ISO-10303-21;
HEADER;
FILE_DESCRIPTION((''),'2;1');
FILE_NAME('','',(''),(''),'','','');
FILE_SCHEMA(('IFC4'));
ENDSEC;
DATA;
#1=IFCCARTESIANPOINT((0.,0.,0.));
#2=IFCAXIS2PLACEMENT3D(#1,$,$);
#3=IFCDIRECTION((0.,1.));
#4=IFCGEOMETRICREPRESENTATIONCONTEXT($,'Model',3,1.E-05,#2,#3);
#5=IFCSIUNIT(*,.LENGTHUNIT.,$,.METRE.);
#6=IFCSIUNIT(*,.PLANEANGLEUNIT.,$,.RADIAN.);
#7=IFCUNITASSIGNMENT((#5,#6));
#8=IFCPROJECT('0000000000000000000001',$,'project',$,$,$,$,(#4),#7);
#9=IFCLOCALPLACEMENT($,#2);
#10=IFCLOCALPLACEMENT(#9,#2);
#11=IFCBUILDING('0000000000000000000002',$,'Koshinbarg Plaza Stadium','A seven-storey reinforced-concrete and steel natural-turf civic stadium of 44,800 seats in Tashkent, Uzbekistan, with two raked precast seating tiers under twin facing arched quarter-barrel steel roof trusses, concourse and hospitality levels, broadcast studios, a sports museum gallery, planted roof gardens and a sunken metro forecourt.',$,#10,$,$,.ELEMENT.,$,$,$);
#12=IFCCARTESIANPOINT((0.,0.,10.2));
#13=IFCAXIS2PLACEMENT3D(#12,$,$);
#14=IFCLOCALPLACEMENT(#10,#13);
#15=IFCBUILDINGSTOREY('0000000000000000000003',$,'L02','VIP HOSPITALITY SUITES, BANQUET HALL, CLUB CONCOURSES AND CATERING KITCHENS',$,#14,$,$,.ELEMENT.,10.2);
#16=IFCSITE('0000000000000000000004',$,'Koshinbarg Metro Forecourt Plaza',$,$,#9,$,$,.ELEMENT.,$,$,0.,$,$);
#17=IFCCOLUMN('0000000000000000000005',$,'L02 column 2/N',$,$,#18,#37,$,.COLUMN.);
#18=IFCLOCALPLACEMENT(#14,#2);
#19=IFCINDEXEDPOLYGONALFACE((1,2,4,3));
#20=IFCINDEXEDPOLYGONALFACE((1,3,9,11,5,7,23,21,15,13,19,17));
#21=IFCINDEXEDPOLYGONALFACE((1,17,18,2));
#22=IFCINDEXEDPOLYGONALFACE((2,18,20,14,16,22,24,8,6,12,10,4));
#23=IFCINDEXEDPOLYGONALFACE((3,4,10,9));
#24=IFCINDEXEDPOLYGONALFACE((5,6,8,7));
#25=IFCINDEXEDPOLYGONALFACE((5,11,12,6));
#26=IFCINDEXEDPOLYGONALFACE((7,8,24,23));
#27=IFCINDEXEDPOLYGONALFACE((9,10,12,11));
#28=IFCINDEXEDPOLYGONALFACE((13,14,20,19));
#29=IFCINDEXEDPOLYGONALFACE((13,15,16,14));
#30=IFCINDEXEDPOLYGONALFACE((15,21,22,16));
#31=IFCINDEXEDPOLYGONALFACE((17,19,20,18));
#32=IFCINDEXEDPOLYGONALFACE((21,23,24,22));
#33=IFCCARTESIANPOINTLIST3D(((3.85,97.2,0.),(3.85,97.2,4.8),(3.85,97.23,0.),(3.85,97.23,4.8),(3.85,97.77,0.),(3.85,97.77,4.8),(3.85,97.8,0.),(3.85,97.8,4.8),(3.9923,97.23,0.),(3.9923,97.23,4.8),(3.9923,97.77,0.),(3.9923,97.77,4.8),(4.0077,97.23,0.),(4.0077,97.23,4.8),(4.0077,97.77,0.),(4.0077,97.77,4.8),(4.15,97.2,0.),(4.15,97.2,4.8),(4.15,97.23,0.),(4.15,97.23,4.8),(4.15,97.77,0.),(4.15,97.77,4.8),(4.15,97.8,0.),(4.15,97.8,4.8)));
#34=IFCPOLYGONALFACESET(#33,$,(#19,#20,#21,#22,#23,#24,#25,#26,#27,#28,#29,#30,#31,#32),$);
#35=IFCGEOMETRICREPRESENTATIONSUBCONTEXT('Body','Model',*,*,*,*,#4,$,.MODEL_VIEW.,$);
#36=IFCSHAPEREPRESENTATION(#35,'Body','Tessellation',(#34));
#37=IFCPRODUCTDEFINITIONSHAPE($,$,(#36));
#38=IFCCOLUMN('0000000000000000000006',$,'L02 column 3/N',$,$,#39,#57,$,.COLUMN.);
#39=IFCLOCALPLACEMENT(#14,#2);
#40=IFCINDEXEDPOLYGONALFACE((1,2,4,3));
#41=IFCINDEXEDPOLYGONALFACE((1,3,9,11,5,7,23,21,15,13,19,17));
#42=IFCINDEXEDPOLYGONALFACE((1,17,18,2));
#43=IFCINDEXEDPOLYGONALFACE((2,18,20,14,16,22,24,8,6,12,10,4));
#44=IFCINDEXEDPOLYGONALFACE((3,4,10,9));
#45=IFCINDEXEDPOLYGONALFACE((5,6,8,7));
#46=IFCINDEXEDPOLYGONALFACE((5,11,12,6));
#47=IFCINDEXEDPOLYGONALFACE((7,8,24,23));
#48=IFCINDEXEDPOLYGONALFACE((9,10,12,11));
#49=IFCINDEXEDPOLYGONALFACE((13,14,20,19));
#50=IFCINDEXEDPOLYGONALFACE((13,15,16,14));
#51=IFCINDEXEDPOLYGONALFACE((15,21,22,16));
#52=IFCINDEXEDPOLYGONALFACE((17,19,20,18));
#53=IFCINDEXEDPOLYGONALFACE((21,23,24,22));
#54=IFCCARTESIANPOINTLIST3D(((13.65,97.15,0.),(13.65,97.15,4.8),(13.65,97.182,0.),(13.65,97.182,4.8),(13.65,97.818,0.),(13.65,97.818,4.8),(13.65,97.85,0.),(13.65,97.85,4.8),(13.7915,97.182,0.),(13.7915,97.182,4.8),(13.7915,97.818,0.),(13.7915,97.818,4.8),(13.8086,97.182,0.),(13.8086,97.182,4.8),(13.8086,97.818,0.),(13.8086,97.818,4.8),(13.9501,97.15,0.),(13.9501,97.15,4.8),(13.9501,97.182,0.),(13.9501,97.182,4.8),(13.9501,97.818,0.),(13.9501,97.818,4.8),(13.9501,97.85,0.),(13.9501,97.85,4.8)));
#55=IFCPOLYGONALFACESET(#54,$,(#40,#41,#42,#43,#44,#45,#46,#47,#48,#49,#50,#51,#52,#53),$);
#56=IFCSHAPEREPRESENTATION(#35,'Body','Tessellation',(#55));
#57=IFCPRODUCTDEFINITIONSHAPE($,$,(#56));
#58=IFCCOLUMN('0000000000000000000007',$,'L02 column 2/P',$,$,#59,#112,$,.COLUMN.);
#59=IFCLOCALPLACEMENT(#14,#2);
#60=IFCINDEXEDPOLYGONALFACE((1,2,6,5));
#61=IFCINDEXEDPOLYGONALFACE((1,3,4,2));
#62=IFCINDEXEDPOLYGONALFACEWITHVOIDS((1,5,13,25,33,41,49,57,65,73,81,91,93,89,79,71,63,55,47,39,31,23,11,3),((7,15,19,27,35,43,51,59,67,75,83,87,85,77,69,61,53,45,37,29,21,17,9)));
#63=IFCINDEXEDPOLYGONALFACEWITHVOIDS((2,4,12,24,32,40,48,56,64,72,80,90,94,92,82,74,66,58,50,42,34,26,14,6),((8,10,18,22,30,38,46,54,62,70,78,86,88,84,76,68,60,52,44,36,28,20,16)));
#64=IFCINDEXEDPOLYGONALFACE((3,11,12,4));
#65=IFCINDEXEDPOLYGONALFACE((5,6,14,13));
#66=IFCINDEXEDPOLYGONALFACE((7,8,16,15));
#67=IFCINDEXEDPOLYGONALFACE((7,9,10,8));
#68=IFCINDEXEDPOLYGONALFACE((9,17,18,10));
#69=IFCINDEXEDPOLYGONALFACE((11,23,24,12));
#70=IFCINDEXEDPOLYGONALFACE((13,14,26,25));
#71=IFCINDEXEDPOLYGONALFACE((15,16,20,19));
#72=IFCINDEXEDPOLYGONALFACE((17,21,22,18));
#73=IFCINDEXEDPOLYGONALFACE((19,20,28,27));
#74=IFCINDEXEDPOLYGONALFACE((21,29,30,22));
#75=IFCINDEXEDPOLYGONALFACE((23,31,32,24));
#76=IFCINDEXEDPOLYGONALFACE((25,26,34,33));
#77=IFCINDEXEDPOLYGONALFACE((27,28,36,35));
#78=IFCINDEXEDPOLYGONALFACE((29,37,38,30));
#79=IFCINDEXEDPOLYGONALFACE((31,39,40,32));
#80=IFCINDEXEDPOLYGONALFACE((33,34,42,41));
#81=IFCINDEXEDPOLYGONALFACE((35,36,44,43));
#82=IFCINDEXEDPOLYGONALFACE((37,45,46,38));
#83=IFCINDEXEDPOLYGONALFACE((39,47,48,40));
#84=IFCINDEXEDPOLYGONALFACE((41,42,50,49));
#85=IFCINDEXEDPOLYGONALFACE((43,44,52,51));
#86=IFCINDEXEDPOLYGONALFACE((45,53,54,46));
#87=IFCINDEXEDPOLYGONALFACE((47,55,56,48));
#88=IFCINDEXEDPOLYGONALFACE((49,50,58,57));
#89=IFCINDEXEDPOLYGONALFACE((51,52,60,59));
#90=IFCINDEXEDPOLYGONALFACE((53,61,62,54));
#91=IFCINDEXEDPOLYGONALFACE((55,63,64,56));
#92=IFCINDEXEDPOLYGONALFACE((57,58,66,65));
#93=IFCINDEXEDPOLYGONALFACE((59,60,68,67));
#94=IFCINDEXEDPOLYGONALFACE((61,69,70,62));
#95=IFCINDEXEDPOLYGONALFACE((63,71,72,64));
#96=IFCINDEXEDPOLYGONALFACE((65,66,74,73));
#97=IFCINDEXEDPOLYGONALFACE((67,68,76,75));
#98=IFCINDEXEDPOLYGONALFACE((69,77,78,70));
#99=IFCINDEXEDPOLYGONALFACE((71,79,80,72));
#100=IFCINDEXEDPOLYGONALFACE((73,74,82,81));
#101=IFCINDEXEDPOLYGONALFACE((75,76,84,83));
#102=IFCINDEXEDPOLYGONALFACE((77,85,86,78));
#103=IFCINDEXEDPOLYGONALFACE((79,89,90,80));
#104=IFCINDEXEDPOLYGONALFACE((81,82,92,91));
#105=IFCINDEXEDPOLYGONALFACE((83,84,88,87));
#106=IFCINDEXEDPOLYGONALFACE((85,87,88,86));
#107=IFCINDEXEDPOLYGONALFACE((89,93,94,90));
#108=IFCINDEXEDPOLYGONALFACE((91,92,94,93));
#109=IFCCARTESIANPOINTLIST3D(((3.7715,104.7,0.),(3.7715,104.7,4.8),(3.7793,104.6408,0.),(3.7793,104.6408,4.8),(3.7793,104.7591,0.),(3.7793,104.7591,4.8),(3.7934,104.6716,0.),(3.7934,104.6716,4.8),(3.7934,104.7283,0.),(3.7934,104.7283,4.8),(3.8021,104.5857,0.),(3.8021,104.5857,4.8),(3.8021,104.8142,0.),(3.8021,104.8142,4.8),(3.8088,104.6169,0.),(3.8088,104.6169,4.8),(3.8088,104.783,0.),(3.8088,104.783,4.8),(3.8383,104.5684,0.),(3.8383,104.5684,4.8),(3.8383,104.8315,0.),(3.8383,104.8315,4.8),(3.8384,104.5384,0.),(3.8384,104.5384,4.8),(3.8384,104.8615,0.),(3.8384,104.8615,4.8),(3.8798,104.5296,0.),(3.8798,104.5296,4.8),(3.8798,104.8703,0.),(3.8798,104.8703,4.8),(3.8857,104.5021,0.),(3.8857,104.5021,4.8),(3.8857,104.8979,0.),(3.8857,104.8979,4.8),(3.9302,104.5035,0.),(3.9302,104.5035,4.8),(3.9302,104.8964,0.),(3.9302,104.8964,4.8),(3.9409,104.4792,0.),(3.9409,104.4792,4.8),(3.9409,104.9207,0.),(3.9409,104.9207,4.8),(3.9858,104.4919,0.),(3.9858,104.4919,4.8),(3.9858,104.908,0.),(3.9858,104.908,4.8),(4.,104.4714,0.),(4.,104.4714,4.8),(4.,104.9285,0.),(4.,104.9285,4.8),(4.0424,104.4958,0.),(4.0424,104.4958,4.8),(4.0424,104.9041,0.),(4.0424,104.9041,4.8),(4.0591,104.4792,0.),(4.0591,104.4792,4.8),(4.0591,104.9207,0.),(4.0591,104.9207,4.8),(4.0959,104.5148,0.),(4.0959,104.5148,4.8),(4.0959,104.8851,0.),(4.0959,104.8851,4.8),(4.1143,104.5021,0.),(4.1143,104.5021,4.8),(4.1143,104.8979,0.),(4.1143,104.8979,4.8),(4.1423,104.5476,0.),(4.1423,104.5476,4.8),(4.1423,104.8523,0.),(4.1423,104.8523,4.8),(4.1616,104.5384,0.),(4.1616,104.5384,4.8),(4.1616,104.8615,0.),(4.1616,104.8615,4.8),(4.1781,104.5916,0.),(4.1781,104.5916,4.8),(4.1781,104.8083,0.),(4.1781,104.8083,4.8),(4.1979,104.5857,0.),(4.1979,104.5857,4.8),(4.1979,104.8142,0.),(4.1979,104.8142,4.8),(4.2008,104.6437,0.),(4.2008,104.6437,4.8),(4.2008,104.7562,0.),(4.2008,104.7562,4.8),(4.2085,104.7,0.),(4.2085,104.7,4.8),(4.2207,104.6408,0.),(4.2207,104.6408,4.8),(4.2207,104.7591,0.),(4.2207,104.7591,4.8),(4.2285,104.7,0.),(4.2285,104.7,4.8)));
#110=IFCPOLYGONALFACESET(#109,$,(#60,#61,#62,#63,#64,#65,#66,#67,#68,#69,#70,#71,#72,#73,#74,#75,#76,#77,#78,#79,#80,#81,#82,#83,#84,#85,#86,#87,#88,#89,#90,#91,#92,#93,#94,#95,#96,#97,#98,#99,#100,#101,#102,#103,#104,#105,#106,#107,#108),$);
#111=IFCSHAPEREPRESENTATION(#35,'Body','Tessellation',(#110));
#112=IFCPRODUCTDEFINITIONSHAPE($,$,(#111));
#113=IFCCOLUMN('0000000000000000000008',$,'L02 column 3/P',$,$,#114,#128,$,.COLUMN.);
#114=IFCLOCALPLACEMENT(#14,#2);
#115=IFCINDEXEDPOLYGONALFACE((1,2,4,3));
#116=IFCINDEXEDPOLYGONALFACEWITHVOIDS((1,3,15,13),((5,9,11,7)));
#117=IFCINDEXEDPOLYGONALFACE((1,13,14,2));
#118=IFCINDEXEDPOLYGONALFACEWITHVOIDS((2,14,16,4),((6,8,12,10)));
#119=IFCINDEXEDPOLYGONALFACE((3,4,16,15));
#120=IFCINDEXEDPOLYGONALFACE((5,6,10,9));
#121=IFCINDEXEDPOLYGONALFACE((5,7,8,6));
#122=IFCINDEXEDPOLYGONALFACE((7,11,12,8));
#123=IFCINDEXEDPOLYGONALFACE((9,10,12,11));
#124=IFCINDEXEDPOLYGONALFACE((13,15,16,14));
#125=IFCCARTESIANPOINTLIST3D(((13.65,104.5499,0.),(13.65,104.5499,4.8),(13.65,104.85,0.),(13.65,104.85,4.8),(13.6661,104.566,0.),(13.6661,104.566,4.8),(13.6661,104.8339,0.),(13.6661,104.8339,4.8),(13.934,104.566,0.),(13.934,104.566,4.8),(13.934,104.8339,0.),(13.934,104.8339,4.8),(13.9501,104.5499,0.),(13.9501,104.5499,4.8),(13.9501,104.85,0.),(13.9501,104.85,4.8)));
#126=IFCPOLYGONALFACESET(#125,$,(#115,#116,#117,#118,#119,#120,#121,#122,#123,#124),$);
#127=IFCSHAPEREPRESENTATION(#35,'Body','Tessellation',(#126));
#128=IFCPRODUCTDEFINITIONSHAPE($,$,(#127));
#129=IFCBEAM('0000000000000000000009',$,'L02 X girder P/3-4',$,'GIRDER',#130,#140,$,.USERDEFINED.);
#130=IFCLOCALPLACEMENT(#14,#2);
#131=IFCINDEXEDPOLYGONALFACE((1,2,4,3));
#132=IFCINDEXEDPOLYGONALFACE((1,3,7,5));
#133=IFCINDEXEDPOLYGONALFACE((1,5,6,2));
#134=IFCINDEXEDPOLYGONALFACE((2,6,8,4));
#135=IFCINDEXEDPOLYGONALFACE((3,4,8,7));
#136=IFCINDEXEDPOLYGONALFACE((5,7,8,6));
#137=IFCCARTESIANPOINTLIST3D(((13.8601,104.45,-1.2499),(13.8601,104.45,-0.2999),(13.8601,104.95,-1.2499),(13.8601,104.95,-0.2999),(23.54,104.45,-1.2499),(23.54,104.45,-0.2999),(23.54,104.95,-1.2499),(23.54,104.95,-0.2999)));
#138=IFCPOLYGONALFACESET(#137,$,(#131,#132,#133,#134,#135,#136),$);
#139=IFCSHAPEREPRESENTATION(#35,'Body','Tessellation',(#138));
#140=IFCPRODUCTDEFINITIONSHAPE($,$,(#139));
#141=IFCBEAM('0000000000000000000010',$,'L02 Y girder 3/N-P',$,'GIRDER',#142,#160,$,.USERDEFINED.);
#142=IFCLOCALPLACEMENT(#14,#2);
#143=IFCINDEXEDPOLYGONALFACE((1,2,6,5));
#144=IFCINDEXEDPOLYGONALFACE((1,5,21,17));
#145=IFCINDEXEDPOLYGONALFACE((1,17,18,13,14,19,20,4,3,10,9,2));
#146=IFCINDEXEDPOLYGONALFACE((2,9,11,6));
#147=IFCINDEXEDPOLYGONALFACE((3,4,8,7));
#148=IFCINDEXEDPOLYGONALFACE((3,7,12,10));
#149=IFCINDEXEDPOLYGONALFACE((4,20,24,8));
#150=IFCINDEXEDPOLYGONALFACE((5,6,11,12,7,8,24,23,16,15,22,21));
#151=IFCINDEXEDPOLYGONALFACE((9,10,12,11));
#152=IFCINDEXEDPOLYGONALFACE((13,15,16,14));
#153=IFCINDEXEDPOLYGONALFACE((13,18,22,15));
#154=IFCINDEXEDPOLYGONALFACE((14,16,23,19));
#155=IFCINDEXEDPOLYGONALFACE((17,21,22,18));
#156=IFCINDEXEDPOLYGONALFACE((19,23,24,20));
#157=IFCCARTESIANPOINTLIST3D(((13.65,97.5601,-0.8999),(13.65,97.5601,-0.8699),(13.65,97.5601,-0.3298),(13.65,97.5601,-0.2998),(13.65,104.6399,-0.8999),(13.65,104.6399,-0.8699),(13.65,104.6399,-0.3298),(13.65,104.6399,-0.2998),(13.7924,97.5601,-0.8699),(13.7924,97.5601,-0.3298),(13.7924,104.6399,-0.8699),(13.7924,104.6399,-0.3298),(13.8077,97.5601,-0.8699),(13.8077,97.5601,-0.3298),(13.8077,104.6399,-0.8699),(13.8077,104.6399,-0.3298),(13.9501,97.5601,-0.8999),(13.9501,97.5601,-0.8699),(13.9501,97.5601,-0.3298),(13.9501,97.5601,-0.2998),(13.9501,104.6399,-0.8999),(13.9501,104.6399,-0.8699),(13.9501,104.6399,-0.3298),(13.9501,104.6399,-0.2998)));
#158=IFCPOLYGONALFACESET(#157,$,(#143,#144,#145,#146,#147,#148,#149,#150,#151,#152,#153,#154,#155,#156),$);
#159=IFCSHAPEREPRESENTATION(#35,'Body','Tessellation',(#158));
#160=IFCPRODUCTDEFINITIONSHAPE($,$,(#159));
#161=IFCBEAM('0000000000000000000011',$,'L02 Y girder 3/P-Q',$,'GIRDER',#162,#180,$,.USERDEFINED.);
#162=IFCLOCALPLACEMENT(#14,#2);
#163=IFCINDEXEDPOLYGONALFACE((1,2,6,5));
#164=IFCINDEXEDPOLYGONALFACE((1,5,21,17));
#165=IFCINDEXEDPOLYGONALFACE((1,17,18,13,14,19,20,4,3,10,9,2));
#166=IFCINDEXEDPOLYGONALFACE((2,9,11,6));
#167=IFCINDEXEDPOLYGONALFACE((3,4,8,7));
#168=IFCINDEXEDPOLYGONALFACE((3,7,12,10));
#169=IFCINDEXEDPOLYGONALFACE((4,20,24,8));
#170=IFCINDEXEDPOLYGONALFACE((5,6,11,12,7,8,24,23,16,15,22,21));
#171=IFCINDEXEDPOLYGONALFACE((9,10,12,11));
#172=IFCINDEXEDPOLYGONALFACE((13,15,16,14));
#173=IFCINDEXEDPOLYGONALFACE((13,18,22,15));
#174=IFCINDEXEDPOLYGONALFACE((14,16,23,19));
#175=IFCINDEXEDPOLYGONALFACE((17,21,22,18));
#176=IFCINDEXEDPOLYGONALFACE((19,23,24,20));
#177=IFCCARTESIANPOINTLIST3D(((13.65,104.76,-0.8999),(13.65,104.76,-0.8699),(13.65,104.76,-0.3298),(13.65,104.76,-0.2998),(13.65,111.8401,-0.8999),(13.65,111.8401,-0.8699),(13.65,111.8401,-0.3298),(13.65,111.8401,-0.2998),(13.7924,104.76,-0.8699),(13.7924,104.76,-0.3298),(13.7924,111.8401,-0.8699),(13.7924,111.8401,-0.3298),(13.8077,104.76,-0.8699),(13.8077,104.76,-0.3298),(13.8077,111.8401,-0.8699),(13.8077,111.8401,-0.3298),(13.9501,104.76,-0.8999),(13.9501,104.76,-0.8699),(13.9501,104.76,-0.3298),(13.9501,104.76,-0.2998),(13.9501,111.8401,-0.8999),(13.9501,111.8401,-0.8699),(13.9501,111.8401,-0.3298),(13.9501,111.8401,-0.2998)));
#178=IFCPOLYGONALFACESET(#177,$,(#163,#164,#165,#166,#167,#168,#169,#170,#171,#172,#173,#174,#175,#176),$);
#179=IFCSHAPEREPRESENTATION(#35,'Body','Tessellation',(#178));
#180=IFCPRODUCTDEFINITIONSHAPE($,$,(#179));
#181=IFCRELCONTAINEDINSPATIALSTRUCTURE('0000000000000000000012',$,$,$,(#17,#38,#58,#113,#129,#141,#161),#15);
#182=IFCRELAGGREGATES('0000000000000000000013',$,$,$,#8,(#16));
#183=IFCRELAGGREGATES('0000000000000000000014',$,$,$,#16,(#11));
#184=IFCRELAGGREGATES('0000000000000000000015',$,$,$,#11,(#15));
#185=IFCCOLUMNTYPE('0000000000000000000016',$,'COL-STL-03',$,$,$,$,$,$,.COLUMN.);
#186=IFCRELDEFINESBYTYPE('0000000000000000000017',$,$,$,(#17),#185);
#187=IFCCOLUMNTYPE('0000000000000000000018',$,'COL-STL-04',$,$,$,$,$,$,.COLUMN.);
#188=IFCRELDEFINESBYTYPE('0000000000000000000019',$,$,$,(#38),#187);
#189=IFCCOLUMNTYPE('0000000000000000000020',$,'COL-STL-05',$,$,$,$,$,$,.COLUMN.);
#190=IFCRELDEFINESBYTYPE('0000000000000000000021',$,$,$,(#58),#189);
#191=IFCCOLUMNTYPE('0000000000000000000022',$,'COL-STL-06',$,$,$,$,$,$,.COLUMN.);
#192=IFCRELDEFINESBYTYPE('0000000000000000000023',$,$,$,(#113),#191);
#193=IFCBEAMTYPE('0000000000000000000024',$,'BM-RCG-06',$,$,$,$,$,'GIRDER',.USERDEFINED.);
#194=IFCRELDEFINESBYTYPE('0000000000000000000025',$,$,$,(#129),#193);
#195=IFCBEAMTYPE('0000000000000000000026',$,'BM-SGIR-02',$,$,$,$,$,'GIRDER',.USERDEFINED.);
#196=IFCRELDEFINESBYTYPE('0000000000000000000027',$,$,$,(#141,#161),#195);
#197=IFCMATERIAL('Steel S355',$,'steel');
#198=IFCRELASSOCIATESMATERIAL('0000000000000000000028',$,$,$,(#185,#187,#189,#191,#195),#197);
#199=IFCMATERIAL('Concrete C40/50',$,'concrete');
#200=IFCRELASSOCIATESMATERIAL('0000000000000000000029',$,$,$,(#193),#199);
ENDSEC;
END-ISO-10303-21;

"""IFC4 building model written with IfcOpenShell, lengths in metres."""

from ifc_helpers import new_model, si_unit, direction, frame, origin, origin_2d, place, context, subcontext, project, spatial, rectangle, hollow_rectangle, hollow_circle, i_section, extrude, material, material_profile, profile_set, type_object, element, save


model = new_model("IFC4")

# Units and contexts
model_context = context("Model", 3, precision=1e-05, world=origin(), true_north=direction((0.0, 1.0)))
body_context = subcontext(model_context, "Body", "Model", "MODEL_VIEW")
ifc_project = project(units=[si_unit("LENGTHUNIT", "METRE"), si_unit("PLANEANGLEUNIT", "RADIAN")], contexts=[model_context])

# Site, building, storey
site_placement = place(None, origin())
site = spatial("IfcSite", under=ifc_project, at=site_placement, Name="Koshinbarg Metro Forecourt Plaza", CompositionType="ELEMENT", RefElevation=0.0)
building_placement = place(site_placement, origin())
building = spatial("IfcBuilding", under=site, at=building_placement, Name="Koshinbarg Plaza Stadium", Description="A seven-storey reinforced-concrete and steel natural-turf civic stadium of 44,800 seats in Tashkent, Uzbekistan, with two raked precast seating tiers under twin facing arched quarter-barrel steel roof trusses, concourse and hospitality levels, broadcast studios, a sports museum gallery, planted roof gardens and a sunken metro forecourt.", CompositionType="ELEMENT")
storey_placement = place(building_placement, frame((0.0, 0.0, 10.2)))
storey = spatial("IfcBuildingStorey", under=building, at=storey_placement, Name="L02", Description="VIP HOSPITALITY SUITES, BANQUET HALL, CLUB CONCOURSES AND CATERING KITCHENS", CompositionType="ELEMENT", Elevation=10.2)

# Columns
ifc_material_1 = material(Name="Steel S355", Category="steel")
ifc_material_profile_1 = material_profile(ifc_material_1, i_section(OverallWidth=0.3, OverallDepth=0.6001, WebThickness=0.0154, FlangeThickness=0.03, at=origin_2d()), Name="HEB 600")
ifc_profile_set_1 = profile_set([ifc_material_profile_1], Name="Steel S355")
column_type_1 = type_object("IfcColumnType", Name="COL-STL-03", PredefinedType="COLUMN", material=ifc_profile_set_1)
column_1_placement = place(storey_placement, frame((4.0, 97.5, 0.0), z_axis=(0.0, 0.0, 1.0), x_axis=(1.0, 0.0, 0.0)))
element("IfcColumn", 1, at=column_1_placement, inside=storey, type_object=column_type_1, Name="L02 column 2/N", PredefinedType="COLUMN", context=body_context, shape_type="SweptSolid", body=[
    extrude(i_section(OverallWidth=0.3, OverallDepth=0.6001, WebThickness=0.0154, FlangeThickness=0.03, at=origin_2d()), origin(), (0.0, 0.0, 1.0), 4.8),
])
ifc_material_profile_2 = material_profile(ifc_material_1, i_section(OverallWidth=0.3, OverallDepth=0.7, WebThickness=0.0171, FlangeThickness=0.032, at=origin_2d()), Name="HEB 700")
ifc_profile_set_2 = profile_set([ifc_material_profile_2], Name="Steel S355")
column_type_2 = type_object("IfcColumnType", Name="COL-STL-04", PredefinedType="COLUMN", material=ifc_profile_set_2)
column_2_placement = place(storey_placement, frame((13.8, 97.5, 0.0), z_axis=(0.0, 0.0, 1.0), x_axis=(1.0, 0.0, 0.0)))
element("IfcColumn", 2, at=column_2_placement, inside=storey, type_object=column_type_2, Name="L02 column 3/N", PredefinedType="COLUMN", context=body_context, shape_type="SweptSolid", body=[
    extrude(i_section(OverallWidth=0.3, OverallDepth=0.7, WebThickness=0.0171, FlangeThickness=0.032, at=origin_2d()), origin(), (0.0, 0.0, 1.0), 4.8),
])
ifc_material_profile_3 = material_profile(ifc_material_1, hollow_circle(Radius=0.2285, WallThickness=0.02, at=origin_2d()), Name="CHS 457x20")
ifc_profile_set_3 = profile_set([ifc_material_profile_3], Name="Steel S355")
column_type_3 = type_object("IfcColumnType", Name="COL-STL-05", PredefinedType="COLUMN", material=ifc_profile_set_3)
column_3_placement = place(storey_placement, frame((4.0, 104.7, 0.0), z_axis=(0.0, 0.0, 1.0), x_axis=(1.0, 0.0, 0.0)))
element("IfcColumn", 3, at=column_3_placement, inside=storey, type_object=column_type_3, Name="L02 column 2/P", PredefinedType="COLUMN", context=body_context, shape_type="SweptSolid", body=[
    extrude(hollow_circle(Radius=0.2285, WallThickness=0.02, at=origin_2d()), origin(), (0.0, 0.0, 1.0), 4.8),
])
ifc_material_profile_4 = material_profile(ifc_material_1, hollow_rectangle(XDim=0.3, YDim=0.3, WallThickness=0.0161, at=origin_2d()), Name="SHS 300x300x16")
ifc_profile_set_4 = profile_set([ifc_material_profile_4], Name="Steel S355")
column_type_4 = type_object("IfcColumnType", Name="COL-STL-06", PredefinedType="COLUMN", material=ifc_profile_set_4)
column_4_placement = place(storey_placement, frame((13.8, 104.7, 0.0), z_axis=(0.0, 0.0, 1.0), x_axis=(1.0, 0.0, 0.0)))
element("IfcColumn", 4, at=column_4_placement, inside=storey, type_object=column_type_4, Name="L02 column 3/P", PredefinedType="COLUMN", context=body_context, shape_type="SweptSolid", body=[
    extrude(hollow_rectangle(XDim=0.3, YDim=0.3, WallThickness=0.0161, at=origin_2d()), origin(), (0.0, 0.0, 1.0), 4.8),
])

# Beams
ifc_material_2 = material(Name="Concrete C40/50", Category="concrete")
ifc_material_profile_5 = material_profile(ifc_material_2, rectangle(XDim=0.5, YDim=0.95, at=origin_2d()), Name="RC 500x950")
ifc_profile_set_5 = profile_set([ifc_material_profile_5], Name="Concrete C40/50")
beam_type_1 = type_object("IfcBeamType", Name="BM-RCG-06", ElementType="GIRDER", PredefinedType="USERDEFINED", material=ifc_profile_set_5)
beam_1_placement = place(storey_placement, frame((13.8601, 104.7, -0.7749), z_axis=(1.0, 0.0, 0.0), x_axis=(0.0, 1.0, 0.0)))
element("IfcBeam", 5, at=beam_1_placement, inside=storey, type_object=beam_type_1, Name="L02 X girder P/3-4", ObjectType="GIRDER", PredefinedType="USERDEFINED", context=body_context, shape_type="SweptSolid", body=[
    extrude(rectangle(XDim=0.5, YDim=0.95, at=origin_2d()), origin(), (0.0, 0.0, 1.0), 9.6799),
])
ifc_material_profile_6 = material_profile(ifc_material_1, i_section(OverallWidth=0.3, OverallDepth=0.6001, WebThickness=0.0154, FlangeThickness=0.03, at=origin_2d()), Name="HEB 600")
ifc_profile_set_6 = profile_set([ifc_material_profile_6], Name="Steel S355")
beam_type_2 = type_object("IfcBeamType", Name="BM-SGIR-02", ElementType="GIRDER", PredefinedType="USERDEFINED", material=ifc_profile_set_6)
beam_2_placement = place(storey_placement, frame((13.8, 97.5601, -0.5999), z_axis=(0.0, 1.0, 0.0), x_axis=(-1.0, 0.0, 0.0)))
element("IfcBeam", 6, at=beam_2_placement, inside=storey, type_object=beam_type_2, Name="L02 Y girder 3/N-P", ObjectType="GIRDER", PredefinedType="USERDEFINED", context=body_context, shape_type="SweptSolid", body=[
    extrude(i_section(OverallWidth=0.3, OverallDepth=0.6001, WebThickness=0.0154, FlangeThickness=0.03, at=origin_2d()), origin(), (0.0, 0.0, 1.0), 7.0798),
])
beam_3_placement = place(storey_placement, frame((13.8, 104.76, -0.5999), z_axis=(0.0, 1.0, 0.0), x_axis=(-1.0, 0.0, 0.0)))
element("IfcBeam", 7, at=beam_3_placement, inside=storey, type_object=beam_type_2, Name="L02 Y girder 3/P-Q", ObjectType="GIRDER", PredefinedType="USERDEFINED", context=body_context, shape_type="SweptSolid", body=[
    extrude(i_section(OverallWidth=0.3, OverallDepth=0.6001, WebThickness=0.0154, FlangeThickness=0.03, at=origin_2d()), origin(), (0.0, 0.0, 1.0), 7.0801),
])

save(model, "model.ifc")
